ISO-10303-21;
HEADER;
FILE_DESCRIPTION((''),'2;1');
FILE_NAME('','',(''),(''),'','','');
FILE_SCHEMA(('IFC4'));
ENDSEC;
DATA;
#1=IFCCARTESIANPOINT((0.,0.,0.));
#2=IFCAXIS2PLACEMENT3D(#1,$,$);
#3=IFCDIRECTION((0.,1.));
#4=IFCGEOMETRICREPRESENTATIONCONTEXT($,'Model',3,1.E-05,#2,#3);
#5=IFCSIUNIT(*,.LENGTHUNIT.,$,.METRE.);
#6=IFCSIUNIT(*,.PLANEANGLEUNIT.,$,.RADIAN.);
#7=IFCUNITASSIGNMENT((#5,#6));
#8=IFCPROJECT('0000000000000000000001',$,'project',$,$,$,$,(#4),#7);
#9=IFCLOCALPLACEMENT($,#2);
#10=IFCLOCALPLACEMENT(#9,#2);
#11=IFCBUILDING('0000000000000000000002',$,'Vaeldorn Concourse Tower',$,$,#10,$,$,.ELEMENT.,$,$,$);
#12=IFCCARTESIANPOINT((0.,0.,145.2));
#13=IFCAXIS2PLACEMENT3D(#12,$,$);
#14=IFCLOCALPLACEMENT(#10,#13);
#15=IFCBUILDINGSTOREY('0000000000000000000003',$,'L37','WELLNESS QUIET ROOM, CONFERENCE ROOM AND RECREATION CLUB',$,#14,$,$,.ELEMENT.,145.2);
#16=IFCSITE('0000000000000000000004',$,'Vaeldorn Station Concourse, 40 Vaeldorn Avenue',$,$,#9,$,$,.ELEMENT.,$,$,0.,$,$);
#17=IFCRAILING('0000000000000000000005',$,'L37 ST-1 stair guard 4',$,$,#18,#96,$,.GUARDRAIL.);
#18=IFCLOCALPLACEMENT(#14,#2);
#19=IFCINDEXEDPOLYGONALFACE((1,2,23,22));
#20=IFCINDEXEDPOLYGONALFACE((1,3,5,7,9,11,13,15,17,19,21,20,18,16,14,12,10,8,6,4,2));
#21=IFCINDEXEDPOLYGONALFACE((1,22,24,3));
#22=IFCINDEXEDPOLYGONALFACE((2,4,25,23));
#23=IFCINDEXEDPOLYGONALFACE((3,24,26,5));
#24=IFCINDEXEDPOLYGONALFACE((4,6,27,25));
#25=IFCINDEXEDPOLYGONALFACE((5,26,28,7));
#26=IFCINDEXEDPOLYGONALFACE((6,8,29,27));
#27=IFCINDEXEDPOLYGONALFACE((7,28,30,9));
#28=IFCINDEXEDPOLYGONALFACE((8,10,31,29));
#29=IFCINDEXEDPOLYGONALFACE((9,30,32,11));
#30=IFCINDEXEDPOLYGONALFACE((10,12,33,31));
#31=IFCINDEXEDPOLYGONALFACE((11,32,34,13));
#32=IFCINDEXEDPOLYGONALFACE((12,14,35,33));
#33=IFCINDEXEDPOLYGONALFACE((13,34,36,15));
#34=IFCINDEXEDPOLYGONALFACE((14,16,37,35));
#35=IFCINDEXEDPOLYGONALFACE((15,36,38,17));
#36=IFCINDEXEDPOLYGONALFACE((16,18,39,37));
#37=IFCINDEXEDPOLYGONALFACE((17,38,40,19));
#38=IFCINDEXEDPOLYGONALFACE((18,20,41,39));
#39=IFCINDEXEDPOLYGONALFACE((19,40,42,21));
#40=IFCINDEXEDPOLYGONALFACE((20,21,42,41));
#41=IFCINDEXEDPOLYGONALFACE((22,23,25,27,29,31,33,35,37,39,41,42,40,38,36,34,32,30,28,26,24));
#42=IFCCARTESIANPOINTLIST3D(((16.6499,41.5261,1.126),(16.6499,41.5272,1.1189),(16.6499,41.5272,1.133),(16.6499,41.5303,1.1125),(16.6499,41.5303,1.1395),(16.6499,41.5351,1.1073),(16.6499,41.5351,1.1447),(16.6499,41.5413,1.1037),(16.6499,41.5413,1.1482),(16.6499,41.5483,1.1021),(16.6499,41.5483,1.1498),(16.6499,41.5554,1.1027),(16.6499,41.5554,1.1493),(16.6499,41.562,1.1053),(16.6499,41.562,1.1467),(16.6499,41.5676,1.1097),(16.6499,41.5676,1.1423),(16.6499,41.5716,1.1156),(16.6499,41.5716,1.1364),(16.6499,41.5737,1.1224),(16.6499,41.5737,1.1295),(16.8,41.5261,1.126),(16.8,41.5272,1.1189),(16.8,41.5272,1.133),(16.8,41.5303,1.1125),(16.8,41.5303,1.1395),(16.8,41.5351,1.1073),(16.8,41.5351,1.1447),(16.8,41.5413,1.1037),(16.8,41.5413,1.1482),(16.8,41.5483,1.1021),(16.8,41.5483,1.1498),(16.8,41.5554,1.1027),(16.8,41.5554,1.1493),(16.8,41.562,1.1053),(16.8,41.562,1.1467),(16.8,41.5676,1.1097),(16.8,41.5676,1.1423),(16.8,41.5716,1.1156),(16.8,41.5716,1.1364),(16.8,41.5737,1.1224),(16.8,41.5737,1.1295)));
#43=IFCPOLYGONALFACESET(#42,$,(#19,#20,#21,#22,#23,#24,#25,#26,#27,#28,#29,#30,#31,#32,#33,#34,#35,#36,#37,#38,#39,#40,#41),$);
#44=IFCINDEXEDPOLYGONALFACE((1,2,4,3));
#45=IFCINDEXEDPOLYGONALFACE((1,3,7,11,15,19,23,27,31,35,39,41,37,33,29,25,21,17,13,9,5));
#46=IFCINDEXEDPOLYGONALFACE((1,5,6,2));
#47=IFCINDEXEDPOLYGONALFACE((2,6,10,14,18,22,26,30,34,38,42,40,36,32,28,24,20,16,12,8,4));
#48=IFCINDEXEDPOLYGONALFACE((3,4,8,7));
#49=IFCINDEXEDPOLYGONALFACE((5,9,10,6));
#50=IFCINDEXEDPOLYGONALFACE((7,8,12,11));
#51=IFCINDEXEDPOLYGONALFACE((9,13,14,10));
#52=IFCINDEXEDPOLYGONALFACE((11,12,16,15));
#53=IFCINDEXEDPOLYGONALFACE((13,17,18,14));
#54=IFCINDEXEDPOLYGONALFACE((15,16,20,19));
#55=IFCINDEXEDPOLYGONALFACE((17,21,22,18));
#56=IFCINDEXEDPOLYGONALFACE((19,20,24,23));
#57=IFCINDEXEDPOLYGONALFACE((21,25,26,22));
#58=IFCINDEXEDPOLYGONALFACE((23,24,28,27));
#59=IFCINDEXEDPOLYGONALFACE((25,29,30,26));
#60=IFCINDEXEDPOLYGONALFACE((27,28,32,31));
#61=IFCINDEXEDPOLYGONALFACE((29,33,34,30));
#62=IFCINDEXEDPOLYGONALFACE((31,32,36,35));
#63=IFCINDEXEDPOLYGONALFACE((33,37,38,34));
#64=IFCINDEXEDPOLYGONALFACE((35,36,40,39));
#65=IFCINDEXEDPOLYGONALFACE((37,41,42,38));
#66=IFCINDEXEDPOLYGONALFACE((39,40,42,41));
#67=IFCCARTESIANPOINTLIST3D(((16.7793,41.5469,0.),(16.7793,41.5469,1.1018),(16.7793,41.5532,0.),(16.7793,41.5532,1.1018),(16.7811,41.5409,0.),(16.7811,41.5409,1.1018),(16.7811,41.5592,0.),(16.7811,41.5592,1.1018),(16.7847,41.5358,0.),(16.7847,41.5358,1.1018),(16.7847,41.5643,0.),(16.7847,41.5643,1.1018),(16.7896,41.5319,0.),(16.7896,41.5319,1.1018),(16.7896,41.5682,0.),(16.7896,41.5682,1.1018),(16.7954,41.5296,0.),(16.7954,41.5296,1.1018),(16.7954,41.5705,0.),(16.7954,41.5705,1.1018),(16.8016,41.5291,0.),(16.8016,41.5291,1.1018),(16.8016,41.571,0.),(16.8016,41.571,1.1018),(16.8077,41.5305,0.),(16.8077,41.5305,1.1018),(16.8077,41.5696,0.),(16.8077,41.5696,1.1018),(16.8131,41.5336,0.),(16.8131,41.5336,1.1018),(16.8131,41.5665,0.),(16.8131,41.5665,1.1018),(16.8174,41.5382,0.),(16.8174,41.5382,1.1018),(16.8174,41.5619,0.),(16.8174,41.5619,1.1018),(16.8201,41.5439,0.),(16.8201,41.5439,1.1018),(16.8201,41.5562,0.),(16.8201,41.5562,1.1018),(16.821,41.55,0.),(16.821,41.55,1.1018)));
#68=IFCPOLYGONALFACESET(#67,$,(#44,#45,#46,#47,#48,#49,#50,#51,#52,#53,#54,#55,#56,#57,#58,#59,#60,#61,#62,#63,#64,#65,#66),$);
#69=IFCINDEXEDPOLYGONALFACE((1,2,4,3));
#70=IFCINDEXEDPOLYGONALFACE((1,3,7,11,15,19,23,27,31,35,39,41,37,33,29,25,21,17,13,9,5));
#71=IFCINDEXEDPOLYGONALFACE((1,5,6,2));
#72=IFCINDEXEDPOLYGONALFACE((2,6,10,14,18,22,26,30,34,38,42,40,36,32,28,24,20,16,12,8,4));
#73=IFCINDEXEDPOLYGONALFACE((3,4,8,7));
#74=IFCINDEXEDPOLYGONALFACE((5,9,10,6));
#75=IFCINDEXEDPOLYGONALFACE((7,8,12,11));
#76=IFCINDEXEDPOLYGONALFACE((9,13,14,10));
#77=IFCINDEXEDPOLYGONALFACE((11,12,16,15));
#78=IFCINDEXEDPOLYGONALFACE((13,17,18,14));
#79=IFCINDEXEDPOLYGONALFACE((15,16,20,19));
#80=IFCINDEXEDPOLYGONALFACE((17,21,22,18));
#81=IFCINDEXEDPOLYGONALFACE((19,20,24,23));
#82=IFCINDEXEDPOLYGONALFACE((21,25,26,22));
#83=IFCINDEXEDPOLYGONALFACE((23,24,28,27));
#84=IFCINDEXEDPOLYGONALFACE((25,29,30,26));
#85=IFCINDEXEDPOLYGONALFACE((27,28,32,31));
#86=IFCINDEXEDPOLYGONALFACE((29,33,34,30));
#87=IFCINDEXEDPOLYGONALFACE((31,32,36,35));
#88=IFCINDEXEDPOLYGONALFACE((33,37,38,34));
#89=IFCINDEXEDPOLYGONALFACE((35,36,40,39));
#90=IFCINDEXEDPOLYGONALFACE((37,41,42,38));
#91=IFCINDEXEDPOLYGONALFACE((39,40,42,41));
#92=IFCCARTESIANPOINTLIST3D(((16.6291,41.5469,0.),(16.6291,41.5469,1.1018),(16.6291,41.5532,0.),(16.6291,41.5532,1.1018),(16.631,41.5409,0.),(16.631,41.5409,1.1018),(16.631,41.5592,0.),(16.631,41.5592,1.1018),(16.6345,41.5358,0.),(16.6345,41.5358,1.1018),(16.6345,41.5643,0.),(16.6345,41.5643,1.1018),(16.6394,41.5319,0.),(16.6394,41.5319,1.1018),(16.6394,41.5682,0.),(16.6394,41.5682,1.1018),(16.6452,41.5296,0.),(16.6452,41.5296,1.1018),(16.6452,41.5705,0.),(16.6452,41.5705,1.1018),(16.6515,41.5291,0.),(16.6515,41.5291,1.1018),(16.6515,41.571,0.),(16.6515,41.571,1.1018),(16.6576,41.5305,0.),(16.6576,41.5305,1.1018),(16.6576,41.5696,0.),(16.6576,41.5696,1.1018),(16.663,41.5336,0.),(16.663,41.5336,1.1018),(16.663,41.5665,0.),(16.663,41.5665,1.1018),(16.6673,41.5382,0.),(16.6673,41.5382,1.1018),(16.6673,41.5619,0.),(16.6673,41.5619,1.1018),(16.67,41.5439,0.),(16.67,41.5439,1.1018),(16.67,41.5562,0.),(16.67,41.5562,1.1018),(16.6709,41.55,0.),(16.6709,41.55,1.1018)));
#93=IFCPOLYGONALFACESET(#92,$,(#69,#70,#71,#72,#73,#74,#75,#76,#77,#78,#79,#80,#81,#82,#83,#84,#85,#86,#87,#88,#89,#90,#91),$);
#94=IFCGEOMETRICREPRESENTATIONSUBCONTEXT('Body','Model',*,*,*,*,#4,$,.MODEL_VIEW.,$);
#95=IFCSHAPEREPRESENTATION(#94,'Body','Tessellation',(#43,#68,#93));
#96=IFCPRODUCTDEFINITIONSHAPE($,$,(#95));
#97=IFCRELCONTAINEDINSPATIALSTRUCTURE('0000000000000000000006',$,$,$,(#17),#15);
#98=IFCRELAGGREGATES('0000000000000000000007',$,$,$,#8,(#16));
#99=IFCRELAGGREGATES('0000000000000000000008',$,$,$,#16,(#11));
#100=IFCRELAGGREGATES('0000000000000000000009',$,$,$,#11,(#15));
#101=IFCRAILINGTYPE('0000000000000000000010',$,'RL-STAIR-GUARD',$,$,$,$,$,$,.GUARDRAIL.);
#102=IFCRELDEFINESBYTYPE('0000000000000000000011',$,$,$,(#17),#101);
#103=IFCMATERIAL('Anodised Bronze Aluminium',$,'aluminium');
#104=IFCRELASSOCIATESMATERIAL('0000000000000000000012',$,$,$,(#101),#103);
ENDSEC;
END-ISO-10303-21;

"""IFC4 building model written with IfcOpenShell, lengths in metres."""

from ifc_helpers import new_model, si_unit, direction, frame, origin, origin_2d, place, context, subcontext, project, spatial, circle, extrude, material, type_object, element, save


model = new_model("IFC4")

# Units and contexts
model_context = context("Model", 3, precision=1e-05, world=origin(), true_north=direction((0.0, 1.0)))
body_context = subcontext(model_context, "Body", "Model", "MODEL_VIEW")
ifc_project = project(units=[si_unit("LENGTHUNIT", "METRE"), si_unit("PLANEANGLEUNIT", "RADIAN")], contexts=[model_context])

# Site, building, storey
site_placement = place(None, origin())
site = spatial("IfcSite", under=ifc_project, at=site_placement, Name="Vaeldorn Station Concourse, 40 Vaeldorn Avenue", CompositionType="ELEMENT", RefElevation=0.0)
building_placement = place(site_placement, origin())
building = spatial("IfcBuilding", under=site, at=building_placement, Name="Vaeldorn Concourse Tower", CompositionType="ELEMENT")
storey_placement = place(building_placement, frame((0.0, 0.0, 145.2)))
storey = spatial("IfcBuildingStorey", under=building, at=storey_placement, Name="L37", Description="WELLNESS QUIET ROOM, CONFERENCE ROOM AND RECREATION CLUB", CompositionType="ELEMENT", Elevation=145.2)

# Shared definitions
ifc_material_1 = material(Name="Anodised Bronze Aluminium", Category="aluminium")

# Railing
railing_type_1 = type_object("IfcRailingType", Name="RL-STAIR-GUARD", PredefinedType="GUARDRAIL", material=ifc_material_1)
railing_1_placement = place(storey_placement, frame((16.8, 41.55, 0.0)))
element("IfcRailing", 1, at=railing_1_placement, inside=storey, type_object=railing_type_1, Name="L37 ST-1 stair guard 4", PredefinedType="GUARDRAIL", context=body_context, shape_type="SweptSolid", body=[
    extrude(circle(Radius=0.0239, at=origin_2d()), frame((0.0, 0.0, 1.126), z_axis=(-1.0, 0.0, 0.0), x_axis=(0.0, -1.0, 0.0)), (0.0, 0.0, 1.0), 0.1501),
    extrude(circle(Radius=0.021, at=origin_2d()), origin(), (0.0, 0.0, 1.0), 1.1018),
    extrude(circle(Radius=0.021, at=origin_2d()), frame((-0.1501, 0.0, 0.0)), (0.0, 0.0, 1.0), 1.1018),
])

save(model, "model.ifc")
